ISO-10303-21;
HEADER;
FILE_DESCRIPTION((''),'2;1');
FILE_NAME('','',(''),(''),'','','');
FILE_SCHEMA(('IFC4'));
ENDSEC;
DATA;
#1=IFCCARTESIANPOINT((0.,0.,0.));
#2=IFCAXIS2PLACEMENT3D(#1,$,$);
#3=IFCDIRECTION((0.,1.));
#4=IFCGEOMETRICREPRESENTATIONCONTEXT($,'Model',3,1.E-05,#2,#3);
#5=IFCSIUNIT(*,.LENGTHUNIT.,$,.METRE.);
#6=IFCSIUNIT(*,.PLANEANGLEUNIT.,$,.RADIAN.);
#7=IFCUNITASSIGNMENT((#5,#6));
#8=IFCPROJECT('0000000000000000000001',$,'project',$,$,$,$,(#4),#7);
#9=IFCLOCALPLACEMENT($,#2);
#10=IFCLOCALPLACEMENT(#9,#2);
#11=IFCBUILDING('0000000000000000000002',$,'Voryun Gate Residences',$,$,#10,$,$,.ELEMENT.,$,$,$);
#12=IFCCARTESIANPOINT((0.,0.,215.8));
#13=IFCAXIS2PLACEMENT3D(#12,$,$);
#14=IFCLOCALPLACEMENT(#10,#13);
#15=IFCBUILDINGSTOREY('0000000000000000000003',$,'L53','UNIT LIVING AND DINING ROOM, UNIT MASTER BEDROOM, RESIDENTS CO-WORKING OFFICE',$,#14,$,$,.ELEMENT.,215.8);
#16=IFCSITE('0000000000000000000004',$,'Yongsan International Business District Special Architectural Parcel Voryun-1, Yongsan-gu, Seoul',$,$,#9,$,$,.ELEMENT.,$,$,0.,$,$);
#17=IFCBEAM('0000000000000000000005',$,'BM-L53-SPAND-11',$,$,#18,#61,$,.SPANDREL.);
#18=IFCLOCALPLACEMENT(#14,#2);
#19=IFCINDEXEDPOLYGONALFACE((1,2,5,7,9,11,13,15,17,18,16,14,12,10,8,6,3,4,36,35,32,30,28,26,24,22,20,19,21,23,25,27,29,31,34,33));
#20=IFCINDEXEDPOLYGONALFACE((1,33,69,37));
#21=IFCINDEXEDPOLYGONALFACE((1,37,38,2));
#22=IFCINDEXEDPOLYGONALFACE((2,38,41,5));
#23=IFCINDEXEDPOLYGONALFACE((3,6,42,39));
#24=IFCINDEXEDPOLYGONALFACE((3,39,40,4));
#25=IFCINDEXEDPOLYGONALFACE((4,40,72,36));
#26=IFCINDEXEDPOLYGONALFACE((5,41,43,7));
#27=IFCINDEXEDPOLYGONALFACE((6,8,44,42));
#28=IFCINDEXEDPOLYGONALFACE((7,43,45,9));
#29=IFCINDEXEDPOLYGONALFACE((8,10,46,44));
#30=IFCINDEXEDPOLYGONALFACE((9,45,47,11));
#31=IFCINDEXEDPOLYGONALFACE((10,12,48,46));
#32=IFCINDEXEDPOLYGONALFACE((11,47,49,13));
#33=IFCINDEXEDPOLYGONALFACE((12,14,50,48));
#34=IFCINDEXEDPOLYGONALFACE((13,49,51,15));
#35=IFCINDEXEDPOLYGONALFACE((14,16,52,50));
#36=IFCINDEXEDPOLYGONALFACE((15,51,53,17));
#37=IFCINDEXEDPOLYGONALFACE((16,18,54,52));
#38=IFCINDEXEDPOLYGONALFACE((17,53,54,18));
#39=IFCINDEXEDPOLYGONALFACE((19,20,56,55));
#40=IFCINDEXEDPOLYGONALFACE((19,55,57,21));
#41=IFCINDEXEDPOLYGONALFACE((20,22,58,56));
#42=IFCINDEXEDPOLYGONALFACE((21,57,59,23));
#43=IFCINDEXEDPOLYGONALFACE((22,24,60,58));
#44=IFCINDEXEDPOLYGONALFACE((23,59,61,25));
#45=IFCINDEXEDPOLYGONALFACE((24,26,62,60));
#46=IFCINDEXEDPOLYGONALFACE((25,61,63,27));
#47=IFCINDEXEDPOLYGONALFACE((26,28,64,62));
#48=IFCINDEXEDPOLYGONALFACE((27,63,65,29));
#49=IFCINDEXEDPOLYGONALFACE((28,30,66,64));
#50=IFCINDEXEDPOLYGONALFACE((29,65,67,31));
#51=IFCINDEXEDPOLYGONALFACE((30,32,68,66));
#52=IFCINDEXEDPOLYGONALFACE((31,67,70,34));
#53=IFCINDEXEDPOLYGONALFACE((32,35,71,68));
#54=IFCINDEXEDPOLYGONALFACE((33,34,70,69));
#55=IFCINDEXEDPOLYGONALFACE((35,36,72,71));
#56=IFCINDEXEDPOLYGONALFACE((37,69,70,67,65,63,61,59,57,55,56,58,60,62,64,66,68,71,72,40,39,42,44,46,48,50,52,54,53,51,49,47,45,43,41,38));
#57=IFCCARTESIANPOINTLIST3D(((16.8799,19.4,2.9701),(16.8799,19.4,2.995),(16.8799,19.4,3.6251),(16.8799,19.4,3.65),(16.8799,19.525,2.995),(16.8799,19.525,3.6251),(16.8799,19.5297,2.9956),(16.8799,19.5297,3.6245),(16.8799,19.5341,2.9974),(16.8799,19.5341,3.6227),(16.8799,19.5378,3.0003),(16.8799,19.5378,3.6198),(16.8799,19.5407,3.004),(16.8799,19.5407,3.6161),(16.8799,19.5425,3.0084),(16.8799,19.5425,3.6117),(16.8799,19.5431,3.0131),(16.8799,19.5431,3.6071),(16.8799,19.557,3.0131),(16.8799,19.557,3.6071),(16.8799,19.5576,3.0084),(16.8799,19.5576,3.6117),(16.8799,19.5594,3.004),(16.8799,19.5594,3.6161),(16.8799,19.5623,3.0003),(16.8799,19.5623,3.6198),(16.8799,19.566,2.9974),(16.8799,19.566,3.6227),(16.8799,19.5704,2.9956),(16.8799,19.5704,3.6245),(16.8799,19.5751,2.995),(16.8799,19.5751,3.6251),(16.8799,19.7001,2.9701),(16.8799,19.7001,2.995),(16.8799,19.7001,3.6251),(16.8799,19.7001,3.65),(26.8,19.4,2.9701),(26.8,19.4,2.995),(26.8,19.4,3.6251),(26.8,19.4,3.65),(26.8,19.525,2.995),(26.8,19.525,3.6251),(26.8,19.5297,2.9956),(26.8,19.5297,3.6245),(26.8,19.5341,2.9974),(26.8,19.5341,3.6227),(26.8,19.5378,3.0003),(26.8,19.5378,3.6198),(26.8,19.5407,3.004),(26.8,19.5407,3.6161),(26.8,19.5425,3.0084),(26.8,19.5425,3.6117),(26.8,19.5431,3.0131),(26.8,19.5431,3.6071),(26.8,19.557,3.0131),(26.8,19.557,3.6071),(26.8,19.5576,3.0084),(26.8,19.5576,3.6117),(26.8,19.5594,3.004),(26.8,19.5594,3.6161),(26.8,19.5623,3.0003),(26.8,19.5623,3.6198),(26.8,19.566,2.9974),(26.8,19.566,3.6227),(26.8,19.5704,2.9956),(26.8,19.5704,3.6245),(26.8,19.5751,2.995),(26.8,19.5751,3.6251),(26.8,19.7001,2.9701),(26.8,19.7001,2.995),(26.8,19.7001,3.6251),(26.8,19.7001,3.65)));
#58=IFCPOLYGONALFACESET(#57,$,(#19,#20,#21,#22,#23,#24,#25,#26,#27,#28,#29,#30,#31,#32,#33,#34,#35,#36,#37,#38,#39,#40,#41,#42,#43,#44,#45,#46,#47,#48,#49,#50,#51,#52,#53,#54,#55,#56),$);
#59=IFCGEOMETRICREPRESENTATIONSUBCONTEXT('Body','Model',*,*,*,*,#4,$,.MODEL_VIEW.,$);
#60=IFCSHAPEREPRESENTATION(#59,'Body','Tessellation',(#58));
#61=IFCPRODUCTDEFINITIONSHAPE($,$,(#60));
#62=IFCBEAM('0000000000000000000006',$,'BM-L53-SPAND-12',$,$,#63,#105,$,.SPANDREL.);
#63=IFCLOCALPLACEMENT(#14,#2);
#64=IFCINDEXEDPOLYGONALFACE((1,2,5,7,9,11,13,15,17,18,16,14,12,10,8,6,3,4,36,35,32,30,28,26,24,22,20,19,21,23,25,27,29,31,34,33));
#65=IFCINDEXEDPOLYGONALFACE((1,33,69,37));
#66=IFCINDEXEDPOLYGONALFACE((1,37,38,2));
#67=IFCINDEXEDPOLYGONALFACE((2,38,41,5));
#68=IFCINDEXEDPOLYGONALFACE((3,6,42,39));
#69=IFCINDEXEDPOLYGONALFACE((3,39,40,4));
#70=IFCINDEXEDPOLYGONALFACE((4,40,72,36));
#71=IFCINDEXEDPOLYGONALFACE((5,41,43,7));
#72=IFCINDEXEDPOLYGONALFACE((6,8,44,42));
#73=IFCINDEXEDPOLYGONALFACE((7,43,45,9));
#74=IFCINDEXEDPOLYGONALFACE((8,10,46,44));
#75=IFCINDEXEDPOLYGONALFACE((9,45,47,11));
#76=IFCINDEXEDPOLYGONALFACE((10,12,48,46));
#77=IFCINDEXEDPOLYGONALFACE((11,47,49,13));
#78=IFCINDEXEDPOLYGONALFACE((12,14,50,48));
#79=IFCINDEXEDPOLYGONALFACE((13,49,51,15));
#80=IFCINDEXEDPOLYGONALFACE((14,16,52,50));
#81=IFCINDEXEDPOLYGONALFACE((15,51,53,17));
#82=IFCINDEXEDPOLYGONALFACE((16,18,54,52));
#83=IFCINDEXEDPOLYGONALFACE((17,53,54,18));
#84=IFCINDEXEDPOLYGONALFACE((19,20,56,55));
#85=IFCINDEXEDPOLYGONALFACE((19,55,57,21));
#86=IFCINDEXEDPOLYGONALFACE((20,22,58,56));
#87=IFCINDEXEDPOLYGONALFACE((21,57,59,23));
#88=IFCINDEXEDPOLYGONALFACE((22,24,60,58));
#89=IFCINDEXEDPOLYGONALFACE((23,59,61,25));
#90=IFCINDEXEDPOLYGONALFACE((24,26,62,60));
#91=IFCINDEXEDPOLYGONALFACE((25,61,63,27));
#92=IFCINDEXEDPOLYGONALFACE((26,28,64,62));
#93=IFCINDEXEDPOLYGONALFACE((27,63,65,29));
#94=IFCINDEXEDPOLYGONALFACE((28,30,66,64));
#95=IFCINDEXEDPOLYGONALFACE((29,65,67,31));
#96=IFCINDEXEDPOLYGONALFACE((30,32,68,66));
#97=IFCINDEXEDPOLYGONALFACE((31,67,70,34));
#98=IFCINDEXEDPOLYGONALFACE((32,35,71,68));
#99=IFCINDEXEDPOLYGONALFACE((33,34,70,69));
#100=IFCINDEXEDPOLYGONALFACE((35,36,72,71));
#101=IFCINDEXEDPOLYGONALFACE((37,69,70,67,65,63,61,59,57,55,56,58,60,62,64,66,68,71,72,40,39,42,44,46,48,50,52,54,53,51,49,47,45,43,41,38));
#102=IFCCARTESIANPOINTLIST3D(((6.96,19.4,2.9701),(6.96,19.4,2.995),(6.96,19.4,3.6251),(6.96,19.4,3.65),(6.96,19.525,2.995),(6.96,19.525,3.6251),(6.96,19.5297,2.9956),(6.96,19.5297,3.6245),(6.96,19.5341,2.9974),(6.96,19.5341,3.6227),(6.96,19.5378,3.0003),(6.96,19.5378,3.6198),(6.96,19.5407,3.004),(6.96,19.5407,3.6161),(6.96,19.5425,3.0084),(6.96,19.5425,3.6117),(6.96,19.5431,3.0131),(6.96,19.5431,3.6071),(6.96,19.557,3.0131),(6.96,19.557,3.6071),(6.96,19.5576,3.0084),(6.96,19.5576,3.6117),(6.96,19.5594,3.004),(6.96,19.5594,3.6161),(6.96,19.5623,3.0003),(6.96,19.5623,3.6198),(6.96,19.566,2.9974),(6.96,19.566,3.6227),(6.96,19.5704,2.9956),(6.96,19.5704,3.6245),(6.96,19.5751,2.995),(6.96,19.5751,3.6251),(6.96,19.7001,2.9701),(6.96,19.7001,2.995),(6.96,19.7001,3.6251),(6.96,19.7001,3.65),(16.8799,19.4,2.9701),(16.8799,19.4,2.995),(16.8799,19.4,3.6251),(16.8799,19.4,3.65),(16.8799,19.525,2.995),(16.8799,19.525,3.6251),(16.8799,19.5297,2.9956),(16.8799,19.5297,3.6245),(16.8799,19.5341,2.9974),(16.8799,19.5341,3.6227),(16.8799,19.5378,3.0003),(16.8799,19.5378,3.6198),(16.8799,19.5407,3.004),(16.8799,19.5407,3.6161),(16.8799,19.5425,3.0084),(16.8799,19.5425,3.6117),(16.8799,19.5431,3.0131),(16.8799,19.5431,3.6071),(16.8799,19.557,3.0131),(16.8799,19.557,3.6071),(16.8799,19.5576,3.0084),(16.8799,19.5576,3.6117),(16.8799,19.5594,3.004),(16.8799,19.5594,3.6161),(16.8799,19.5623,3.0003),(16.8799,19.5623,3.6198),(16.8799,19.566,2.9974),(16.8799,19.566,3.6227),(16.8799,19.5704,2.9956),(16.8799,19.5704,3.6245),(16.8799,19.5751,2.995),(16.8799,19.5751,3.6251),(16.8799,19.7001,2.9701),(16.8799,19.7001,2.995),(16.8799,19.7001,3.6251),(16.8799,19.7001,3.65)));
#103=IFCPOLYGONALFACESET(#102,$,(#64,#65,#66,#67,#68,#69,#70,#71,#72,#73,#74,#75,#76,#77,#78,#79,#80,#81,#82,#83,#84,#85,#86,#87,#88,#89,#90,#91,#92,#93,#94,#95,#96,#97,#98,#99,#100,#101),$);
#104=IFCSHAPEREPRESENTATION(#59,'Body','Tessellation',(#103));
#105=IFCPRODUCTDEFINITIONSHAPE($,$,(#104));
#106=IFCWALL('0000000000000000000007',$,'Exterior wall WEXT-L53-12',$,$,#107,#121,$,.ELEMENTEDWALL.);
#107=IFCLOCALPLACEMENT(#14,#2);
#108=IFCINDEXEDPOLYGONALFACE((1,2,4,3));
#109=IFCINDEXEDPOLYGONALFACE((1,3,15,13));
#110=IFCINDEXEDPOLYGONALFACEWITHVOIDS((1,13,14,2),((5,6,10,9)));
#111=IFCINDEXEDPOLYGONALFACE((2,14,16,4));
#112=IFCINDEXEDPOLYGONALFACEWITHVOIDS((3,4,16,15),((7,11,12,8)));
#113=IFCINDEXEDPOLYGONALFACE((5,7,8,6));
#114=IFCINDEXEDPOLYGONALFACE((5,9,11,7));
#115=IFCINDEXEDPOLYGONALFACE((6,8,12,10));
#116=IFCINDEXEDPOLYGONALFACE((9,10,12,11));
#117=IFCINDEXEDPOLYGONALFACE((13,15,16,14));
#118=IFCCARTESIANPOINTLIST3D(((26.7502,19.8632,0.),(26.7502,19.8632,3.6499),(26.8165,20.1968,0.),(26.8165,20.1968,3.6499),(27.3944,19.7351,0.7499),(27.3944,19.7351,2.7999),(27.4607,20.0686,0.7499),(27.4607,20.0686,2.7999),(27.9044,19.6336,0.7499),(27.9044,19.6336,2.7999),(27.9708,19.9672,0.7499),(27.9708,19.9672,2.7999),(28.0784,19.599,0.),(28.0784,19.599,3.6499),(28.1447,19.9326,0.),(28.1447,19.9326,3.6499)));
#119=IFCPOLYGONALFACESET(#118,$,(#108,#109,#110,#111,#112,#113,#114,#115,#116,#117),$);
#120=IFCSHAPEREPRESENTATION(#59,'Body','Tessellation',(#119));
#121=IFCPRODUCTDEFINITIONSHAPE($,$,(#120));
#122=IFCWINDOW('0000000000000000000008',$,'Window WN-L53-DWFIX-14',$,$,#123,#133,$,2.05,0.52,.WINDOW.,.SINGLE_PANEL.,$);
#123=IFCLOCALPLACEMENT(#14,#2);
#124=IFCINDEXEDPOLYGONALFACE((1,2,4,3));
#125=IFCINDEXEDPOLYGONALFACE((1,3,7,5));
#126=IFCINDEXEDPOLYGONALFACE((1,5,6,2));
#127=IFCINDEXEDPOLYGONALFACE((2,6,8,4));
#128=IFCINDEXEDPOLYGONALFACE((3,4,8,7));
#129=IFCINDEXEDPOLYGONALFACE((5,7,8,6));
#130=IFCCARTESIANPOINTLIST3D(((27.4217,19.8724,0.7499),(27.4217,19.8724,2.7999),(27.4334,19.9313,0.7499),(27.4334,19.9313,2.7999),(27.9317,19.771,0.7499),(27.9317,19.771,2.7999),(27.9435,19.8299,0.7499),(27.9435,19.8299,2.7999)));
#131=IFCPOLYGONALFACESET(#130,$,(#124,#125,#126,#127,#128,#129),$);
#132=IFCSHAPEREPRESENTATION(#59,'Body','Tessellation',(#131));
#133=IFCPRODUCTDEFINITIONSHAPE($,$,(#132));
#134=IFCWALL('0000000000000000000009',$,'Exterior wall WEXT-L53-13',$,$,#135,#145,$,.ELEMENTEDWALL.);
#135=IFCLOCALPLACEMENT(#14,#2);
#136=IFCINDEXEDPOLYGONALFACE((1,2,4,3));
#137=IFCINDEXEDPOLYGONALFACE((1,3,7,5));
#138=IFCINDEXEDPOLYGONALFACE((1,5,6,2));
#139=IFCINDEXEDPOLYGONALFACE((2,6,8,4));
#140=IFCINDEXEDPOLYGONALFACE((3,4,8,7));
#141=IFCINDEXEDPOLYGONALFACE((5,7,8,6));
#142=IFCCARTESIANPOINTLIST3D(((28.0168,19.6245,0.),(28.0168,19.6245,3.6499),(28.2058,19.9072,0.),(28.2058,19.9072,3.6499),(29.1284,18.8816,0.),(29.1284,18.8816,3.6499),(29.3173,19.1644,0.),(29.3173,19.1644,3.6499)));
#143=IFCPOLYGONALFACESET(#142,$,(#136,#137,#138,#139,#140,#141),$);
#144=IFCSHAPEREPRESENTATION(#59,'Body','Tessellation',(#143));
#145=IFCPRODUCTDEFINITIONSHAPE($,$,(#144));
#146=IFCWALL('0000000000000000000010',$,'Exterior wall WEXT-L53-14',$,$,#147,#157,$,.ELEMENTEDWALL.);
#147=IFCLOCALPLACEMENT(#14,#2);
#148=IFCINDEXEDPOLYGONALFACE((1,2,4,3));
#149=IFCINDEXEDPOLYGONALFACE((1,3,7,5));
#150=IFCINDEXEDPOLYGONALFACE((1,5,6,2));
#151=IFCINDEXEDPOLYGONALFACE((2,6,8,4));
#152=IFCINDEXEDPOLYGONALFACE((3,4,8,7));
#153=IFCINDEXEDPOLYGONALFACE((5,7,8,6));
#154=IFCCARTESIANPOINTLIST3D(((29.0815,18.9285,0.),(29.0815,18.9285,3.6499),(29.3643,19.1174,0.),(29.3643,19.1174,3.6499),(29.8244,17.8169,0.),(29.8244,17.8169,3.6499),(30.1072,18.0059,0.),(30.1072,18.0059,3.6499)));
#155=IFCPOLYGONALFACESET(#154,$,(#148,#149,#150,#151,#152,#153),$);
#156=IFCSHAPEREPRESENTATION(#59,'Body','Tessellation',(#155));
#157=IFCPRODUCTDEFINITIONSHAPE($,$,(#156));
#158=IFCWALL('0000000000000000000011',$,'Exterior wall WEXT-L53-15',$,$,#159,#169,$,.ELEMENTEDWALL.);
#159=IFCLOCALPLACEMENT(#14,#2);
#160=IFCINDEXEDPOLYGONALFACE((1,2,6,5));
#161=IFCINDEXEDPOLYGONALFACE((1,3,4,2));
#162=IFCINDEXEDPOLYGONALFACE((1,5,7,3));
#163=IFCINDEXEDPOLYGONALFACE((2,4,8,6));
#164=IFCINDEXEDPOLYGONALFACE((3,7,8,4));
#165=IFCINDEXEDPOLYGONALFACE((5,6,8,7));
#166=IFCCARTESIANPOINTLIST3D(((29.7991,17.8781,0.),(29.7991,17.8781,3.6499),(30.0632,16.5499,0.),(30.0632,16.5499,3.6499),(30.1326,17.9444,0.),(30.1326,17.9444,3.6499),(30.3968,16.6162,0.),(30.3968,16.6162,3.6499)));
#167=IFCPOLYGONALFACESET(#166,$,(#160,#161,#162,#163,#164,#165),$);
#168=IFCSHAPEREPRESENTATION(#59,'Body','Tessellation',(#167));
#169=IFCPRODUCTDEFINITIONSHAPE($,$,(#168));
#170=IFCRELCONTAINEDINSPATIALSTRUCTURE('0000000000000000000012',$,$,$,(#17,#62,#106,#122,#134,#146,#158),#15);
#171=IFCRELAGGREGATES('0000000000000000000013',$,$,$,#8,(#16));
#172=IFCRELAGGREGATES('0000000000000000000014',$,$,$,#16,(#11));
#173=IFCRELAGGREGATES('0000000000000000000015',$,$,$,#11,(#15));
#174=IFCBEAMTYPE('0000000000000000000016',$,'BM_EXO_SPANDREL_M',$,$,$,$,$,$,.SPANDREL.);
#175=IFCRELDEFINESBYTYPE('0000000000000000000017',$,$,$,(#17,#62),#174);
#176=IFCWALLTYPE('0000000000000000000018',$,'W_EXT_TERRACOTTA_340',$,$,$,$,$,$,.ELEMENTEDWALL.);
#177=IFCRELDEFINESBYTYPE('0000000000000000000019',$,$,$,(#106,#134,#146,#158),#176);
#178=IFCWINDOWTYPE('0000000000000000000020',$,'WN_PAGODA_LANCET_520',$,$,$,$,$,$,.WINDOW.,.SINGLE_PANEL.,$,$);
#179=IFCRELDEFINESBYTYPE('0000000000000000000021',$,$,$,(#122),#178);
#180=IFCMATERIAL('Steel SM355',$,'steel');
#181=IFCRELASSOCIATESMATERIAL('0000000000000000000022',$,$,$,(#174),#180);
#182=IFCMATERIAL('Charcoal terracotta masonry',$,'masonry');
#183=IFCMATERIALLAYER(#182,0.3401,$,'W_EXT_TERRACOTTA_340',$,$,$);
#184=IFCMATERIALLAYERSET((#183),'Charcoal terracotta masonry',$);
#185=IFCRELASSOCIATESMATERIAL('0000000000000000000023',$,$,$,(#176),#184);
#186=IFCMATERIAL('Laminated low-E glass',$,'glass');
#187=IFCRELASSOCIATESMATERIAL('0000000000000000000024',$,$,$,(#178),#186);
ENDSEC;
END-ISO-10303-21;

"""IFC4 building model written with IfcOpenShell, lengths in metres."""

from ifc_helpers import new_model, si_unit, direction, frame, frame_2d, origin, origin_2d, place, context, subcontext, project, spatial, rectangle, i_section, extrude, material, layer, layer_set, material_profile, profile_set, type_object, element, fill, save


model = new_model("IFC4")

# Units and contexts
model_context = context("Model", 3, precision=1e-05, world=origin(), true_north=direction((0.0, 1.0)))
body_context = subcontext(model_context, "Body", "Model", "MODEL_VIEW")
ifc_project = project(units=[si_unit("LENGTHUNIT", "METRE"), si_unit("PLANEANGLEUNIT", "RADIAN")], contexts=[model_context])

# Site, building, storey
site_placement = place(None, origin())
site = spatial("IfcSite", under=ifc_project, at=site_placement, Name="Yongsan International Business District Special Architectural Parcel Voryun-1, Yongsan-gu, Seoul", CompositionType="ELEMENT", RefElevation=0.0)
building_placement = place(site_placement, origin())
building = spatial("IfcBuilding", under=site, at=building_placement, Name="Voryun Gate Residences", CompositionType="ELEMENT")
storey_placement = place(building_placement, frame((0.0, 0.0, 215.8)))
storey = spatial("IfcBuildingStorey", under=building, at=storey_placement, Name="L53", Description="UNIT LIVING AND DINING ROOM, UNIT MASTER BEDROOM, RESIDENTS CO-WORKING OFFICE", CompositionType="ELEMENT", Elevation=215.8)

# Beams
ifc_material_1 = material(Name="Steel SM355", Category="steel")
ifc_material_profile_1 = material_profile(ifc_material_1, i_section(OverallWidth=0.3, OverallDepth=0.6799, WebThickness=0.0139, FlangeThickness=0.0249, FilletRadius=0.0181, at=origin_2d()), Name="H-680x300x14x25")
ifc_profile_set_1 = profile_set([ifc_material_profile_1], Name="Steel SM355")
beam_type = type_object("IfcBeamType", Name="BM_EXO_SPANDREL_M", PredefinedType="SPANDREL", material=ifc_profile_set_1)
beam_1_placement = place(storey_placement, frame((26.8, 19.55, 3.3101), z_axis=(-1.0, 0.0, 0.0), x_axis=(0.0, -1.0, 0.0)))
element("IfcBeam", 1, at=beam_1_placement, inside=storey, type_object=beam_type, Name="BM-L53-SPAND-11", PredefinedType="SPANDREL", context=body_context, shape_type="SweptSolid", body=[
    extrude(i_section(OverallWidth=0.3, OverallDepth=0.6799, WebThickness=0.0139, FlangeThickness=0.0249, FilletRadius=0.0181, at=origin_2d()), origin(), (0.0, 0.0, 1.0), 9.9202),
])
beam_2_placement = place(storey_placement, frame((16.8799, 19.55, 3.3101), z_axis=(-1.0, 0.0, 0.0), x_axis=(0.0, -1.0, 0.0)))
element("IfcBeam", 2, at=beam_2_placement, inside=storey, type_object=beam_type, Name="BM-L53-SPAND-12", PredefinedType="SPANDREL", context=body_context, shape_type="SweptSolid", body=[
    extrude(i_section(OverallWidth=0.3, OverallDepth=0.6799, WebThickness=0.0139, FlangeThickness=0.0249, FilletRadius=0.0181, at=origin_2d()), origin(), (0.0, 0.0, 1.0), 9.9199),
])

# Wall, opening, window
ifc_material_2 = material(Name="Charcoal terracotta masonry", Category="masonry")
ifc_layer_1 = layer(ifc_material_2, 0.3401, Name="W_EXT_TERRACOTTA_340")
ifc_layer_set_1 = layer_set([ifc_layer_1], Name="Charcoal terracotta masonry")
wall_type_1 = type_object("IfcWallType", Name="W_EXT_TERRACOTTA_340", PredefinedType="ELEMENTEDWALL", material=ifc_layer_set_1)
wall_1_placement = place(storey_placement, frame((26.7832, 20.03, 0.0), z_axis=(0.0, 0.0, 1.0), x_axis=(0.980788, -0.195076, 0.0)))
wall_1 = element("IfcWall", 3, at=wall_1_placement, inside=storey, type_object=wall_type_1, Name="Exterior wall WEXT-L53-12", PredefinedType="ELEMENTEDWALL", context=body_context, shape_type="SweptSolid", body=[
    extrude(rectangle(XDim=1.3542, YDim=0.3401, at=frame_2d((0.6772, 0.0))), origin(), (0.0, 0.0, 1.0), 3.6499),
])
opening_1_placement = place(wall_1_placement, frame((0.657, 0.0, 0.75)))
opening_1 = element("IfcOpeningElement", 4, at=opening_1_placement, cuts=wall_1, PredefinedType="OPENING", context=body_context, shape_type="SweptSolid", body=[
    extrude(rectangle(XDim=0.52, YDim=2.05, at=frame_2d((0.26, 1.0249))), frame((0.0, 0.1799, 0.0), z_axis=(0.0, -1.0, 0.0), x_axis=(1.0, 0.0, 0.0)), (0.0, 0.0, 1.0), 0.3601),
])
ifc_material_3 = material(Name="Laminated low-E glass", Category="glass")
window_type_1 = type_object("IfcWindowType", Name="WN_PAGODA_LANCET_520", PartitioningType="SINGLE_PANEL", PredefinedType="WINDOW", material=ifc_material_3)
window_1_placement = place(opening_1_placement, origin())
window_1 = element("IfcWindow", 5, at=window_1_placement, inside=storey, type_object=window_type_1, Name="Window WN-L53-DWFIX-14", OverallHeight=2.05, OverallWidth=0.52, PartitioningType="SINGLE_PANEL", PredefinedType="WINDOW", context=body_context, shape_type="SweptSolid", body=[
    extrude(rectangle(XDim=0.52, YDim=2.05, at=frame_2d((0.26, 1.0249))), frame((0.0, 0.03, 0.0), z_axis=(0.0, -1.0, 0.0), x_axis=(1.0, 0.0, 0.0)), (0.0, 0.0, 1.0), 0.0601),
])
fill(opening_1, window_1)

# Walls
for number, where, z_axis, x_axis, name in (
    (6, (28.1113, 19.7659, 0.0), (0.0, 0.0, 1.0), (0.831404, -0.555669, 0.0), "Exterior wall WEXT-L53-13"),
    (7, (29.2229, 19.0229, 0.0), (0.0, 0.0, 1.0), (0.555669, -0.831404, 0.0), "Exterior wall WEXT-L53-14"),
):
    element("IfcWall", number, at=place(storey_placement, frame(where, z_axis=z_axis, x_axis=x_axis)), inside=storey, type_object=wall_type_1, Name=name, PredefinedType="ELEMENTEDWALL", context=body_context, shape_type="SweptSolid", body=[
        extrude(rectangle(XDim=1.3369, YDim=0.3401, at=frame_2d((0.6685, 0.0))), origin(), (0.0, 0.0, 1.0), 3.6499),
    ])
wall_2_placement = place(storey_placement, frame((29.9658, 17.9114, 0.0), z_axis=(0.0, 0.0, 1.0), x_axis=(0.195076, -0.980788, 0.0)))
element("IfcWall", 8, at=wall_2_placement, inside=storey, type_object=wall_type_1, Name="Exterior wall WEXT-L53-15", PredefinedType="ELEMENTEDWALL", context=body_context, shape_type="SweptSolid", body=[
    extrude(rectangle(XDim=1.3542, YDim=0.3401, at=frame_2d((0.6772, 0.0))), origin(), (0.0, 0.0, 1.0), 3.6499),
])

save(model, "model.ifc")
